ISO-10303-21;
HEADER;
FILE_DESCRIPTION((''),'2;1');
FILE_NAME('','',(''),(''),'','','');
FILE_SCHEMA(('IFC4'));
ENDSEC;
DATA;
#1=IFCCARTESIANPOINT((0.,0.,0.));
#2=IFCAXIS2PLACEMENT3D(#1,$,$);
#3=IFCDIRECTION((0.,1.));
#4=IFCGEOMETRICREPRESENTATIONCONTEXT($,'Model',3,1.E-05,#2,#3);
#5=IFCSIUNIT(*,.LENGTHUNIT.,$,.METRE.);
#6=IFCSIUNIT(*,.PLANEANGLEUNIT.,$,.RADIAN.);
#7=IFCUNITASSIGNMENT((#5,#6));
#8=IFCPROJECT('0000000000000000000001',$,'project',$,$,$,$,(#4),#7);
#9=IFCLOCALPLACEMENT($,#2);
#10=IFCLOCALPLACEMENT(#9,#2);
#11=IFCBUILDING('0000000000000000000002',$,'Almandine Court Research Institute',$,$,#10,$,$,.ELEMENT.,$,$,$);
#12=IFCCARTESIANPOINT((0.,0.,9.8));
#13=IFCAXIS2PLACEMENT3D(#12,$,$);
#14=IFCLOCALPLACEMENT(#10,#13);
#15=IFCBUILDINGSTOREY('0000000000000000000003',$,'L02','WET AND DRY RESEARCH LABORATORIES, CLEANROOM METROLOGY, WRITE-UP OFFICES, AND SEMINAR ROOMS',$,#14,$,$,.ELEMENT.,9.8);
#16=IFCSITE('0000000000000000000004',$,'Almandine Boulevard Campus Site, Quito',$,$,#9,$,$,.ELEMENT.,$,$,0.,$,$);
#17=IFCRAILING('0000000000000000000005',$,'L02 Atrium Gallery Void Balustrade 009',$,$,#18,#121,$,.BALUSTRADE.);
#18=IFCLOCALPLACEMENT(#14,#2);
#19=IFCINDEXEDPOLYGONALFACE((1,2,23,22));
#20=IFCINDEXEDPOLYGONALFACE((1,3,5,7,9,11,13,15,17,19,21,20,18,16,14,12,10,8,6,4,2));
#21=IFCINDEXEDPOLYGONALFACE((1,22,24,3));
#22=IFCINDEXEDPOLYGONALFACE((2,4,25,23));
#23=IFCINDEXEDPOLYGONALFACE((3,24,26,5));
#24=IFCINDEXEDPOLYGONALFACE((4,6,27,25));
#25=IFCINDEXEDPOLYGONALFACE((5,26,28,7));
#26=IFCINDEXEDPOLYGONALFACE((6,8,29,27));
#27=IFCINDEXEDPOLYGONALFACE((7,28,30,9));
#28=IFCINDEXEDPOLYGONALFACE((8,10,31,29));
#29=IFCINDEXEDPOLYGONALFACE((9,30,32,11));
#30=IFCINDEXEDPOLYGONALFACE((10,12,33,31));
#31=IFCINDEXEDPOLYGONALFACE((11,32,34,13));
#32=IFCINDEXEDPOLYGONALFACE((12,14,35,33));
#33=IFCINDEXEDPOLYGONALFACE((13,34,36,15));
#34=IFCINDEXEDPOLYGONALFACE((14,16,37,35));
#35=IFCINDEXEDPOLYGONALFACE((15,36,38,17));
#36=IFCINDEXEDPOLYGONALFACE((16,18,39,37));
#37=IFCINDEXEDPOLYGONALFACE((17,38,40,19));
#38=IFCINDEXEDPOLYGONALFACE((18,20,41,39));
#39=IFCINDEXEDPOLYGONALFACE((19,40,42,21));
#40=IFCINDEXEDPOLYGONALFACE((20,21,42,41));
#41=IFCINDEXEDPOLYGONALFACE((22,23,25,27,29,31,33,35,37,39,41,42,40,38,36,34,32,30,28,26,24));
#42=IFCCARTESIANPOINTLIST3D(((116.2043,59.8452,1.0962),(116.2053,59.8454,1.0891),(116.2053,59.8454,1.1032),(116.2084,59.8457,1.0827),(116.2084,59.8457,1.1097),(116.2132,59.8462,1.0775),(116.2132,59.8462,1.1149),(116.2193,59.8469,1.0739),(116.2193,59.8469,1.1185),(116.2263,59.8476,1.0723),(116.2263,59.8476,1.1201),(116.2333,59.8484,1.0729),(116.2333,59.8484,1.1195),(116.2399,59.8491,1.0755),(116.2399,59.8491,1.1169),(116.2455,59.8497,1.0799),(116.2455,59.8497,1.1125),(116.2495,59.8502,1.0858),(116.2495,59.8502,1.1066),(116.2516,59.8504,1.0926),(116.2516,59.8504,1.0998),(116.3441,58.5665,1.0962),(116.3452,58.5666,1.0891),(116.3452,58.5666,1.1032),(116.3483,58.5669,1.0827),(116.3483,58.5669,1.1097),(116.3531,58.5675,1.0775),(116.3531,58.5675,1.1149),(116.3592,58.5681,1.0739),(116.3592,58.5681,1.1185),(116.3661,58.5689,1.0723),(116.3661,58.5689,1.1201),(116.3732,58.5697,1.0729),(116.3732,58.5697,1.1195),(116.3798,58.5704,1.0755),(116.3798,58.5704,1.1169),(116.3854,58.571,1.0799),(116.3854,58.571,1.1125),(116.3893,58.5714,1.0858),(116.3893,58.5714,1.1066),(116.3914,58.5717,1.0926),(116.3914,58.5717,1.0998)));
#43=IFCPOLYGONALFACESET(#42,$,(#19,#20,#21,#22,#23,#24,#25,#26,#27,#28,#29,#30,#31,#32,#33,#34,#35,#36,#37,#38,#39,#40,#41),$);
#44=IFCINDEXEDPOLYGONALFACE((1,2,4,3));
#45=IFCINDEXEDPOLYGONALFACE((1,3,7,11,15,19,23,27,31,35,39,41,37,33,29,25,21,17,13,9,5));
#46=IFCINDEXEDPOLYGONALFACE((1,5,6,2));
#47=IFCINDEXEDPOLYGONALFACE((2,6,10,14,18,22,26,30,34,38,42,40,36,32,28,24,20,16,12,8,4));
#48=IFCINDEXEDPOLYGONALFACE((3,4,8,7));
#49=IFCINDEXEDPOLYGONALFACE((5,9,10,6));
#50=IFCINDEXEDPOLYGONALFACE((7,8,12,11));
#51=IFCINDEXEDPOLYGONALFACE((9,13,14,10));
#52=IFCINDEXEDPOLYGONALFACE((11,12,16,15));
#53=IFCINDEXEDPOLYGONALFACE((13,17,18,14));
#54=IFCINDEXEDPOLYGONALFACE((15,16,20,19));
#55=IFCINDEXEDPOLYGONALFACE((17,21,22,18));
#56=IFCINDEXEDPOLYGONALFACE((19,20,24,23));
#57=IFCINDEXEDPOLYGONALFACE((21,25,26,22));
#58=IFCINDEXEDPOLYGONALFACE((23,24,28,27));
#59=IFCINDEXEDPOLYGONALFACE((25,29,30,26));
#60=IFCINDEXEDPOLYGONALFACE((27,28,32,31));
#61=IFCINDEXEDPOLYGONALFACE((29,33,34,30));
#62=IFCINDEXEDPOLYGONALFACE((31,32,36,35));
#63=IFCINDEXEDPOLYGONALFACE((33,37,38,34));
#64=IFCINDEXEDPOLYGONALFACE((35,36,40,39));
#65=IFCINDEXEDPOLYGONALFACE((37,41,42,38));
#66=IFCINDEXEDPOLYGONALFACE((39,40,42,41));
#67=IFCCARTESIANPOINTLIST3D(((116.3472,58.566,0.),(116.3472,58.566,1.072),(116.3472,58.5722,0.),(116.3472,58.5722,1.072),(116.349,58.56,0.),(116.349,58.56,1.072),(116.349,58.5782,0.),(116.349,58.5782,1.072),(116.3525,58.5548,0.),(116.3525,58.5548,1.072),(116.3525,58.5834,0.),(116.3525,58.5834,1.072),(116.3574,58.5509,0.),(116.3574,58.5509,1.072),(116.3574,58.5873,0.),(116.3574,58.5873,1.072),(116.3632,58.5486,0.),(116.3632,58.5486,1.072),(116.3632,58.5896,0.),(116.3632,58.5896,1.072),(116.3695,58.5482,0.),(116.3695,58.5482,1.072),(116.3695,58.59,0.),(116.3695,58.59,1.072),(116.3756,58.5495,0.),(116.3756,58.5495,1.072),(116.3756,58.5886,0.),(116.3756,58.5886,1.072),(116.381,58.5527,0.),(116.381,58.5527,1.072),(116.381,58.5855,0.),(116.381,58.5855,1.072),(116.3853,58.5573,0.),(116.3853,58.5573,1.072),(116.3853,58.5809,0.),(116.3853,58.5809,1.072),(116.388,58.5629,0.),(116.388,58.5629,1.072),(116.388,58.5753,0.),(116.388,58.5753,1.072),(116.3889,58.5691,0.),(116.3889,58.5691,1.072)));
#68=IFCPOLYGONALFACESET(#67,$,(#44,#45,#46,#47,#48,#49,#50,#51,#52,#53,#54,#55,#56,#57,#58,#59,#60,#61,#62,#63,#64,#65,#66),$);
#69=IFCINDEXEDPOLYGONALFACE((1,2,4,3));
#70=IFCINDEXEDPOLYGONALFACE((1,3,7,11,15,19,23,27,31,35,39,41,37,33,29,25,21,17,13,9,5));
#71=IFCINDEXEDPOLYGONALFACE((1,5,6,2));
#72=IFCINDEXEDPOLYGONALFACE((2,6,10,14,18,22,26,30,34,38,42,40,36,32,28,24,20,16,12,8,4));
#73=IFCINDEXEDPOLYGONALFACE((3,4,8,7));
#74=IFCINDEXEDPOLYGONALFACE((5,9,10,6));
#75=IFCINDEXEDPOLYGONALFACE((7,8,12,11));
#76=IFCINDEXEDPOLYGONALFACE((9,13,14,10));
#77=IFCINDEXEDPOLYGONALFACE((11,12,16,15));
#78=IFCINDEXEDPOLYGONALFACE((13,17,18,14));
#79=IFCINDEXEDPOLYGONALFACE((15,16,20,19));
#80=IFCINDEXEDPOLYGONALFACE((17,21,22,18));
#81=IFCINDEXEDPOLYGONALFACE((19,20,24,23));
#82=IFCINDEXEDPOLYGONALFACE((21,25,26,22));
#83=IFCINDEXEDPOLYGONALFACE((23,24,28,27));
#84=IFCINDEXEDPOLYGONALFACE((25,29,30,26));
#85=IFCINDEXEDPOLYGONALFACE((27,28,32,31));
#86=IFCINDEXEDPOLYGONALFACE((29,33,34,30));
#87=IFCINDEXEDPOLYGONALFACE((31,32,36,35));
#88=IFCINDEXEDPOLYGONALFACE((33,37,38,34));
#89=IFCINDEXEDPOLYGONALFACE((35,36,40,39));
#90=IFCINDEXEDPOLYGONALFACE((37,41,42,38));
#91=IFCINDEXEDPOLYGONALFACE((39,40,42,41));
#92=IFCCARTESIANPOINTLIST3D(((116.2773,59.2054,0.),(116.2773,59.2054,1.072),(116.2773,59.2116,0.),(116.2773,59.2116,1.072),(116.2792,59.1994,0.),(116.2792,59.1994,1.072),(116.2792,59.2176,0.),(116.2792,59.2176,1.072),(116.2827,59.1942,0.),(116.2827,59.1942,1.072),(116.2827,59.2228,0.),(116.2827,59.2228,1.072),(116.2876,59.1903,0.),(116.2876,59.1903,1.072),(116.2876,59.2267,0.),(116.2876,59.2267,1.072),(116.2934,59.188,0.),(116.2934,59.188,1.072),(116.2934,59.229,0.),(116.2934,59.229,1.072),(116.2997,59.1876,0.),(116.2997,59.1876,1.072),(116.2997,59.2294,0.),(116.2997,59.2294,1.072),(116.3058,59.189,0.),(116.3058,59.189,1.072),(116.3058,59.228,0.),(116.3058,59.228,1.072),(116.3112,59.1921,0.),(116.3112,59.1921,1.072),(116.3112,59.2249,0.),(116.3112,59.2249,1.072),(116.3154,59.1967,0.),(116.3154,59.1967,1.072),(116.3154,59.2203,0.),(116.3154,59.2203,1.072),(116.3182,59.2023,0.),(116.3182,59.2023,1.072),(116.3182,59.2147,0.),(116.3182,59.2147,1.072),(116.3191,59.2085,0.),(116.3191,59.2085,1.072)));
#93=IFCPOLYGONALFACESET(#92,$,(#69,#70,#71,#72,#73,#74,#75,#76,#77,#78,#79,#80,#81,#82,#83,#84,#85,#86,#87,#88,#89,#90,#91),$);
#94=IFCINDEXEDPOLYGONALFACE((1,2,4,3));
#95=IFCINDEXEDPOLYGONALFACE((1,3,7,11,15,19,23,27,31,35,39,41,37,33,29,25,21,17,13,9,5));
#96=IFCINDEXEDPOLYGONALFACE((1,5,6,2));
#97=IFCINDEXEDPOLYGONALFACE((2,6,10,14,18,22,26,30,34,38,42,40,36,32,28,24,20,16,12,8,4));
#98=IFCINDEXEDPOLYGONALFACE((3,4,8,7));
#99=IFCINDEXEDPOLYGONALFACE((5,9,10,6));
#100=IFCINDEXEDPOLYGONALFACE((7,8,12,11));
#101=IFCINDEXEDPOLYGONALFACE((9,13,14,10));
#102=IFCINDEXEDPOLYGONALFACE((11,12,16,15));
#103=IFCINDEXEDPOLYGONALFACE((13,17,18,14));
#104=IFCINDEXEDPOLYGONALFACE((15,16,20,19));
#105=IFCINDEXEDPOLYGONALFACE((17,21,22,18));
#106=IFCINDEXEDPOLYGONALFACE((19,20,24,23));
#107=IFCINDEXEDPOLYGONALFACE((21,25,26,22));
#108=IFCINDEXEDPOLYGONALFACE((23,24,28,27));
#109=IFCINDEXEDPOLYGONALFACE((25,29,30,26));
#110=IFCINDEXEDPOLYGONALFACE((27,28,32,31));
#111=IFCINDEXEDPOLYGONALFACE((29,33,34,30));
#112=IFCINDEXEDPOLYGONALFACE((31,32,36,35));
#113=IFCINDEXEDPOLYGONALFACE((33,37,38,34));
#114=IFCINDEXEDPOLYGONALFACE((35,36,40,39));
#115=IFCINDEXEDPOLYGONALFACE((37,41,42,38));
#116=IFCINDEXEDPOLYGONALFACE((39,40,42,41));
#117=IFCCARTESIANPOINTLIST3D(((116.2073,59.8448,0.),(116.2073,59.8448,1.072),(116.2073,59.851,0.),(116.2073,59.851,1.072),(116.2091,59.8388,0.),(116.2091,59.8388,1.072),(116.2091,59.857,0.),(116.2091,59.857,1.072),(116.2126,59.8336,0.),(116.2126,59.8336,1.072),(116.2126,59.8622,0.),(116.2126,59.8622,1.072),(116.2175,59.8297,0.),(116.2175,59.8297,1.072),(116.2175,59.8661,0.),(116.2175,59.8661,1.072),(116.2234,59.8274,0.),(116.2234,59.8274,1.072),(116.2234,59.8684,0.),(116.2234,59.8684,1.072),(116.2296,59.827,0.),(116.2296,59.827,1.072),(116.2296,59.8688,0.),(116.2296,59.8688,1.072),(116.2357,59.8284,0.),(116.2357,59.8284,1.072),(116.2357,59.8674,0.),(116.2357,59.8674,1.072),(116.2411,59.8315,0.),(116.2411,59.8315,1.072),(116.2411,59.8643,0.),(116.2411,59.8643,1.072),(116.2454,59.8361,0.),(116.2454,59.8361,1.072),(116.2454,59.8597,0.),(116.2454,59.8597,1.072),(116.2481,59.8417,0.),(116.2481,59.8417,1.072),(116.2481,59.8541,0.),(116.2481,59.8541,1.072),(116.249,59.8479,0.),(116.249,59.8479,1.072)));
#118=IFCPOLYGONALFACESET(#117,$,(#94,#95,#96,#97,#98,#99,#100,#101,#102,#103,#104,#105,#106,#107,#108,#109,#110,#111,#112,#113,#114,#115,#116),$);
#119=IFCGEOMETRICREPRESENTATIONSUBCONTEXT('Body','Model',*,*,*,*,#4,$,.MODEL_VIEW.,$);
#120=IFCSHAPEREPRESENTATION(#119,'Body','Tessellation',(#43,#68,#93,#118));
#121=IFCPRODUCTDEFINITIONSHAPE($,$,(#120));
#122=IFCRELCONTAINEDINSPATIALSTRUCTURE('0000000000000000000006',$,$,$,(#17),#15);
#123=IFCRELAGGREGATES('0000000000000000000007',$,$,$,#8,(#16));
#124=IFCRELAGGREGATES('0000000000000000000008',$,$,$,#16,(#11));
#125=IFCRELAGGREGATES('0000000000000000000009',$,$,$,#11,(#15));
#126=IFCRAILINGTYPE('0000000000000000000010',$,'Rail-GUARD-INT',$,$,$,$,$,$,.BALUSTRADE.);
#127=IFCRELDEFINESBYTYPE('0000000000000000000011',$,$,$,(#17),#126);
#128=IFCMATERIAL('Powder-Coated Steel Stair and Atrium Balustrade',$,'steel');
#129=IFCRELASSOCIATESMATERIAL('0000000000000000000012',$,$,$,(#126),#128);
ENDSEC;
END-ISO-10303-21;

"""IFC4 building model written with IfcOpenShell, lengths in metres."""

from ifc_helpers import new_model, si_unit, direction, frame, origin, origin_2d, place, context, subcontext, project, spatial, circle, extrude, material, type_object, element, save


model = new_model("IFC4")

# Units and contexts
model_context = context("Model", 3, precision=1e-05, world=origin(), true_north=direction((0.0, 1.0)))
body_context = subcontext(model_context, "Body", "Model", "MODEL_VIEW")
ifc_project = project(units=[si_unit("LENGTHUNIT", "METRE"), si_unit("PLANEANGLEUNIT", "RADIAN")], contexts=[model_context])

# Site, building, storey
site_placement = place(None, origin())
site = spatial("IfcSite", under=ifc_project, at=site_placement, Name="Almandine Boulevard Campus Site, Quito", CompositionType="ELEMENT", RefElevation=0.0)
building_placement = place(site_placement, origin())
building = spatial("IfcBuilding", under=site, at=building_placement, Name="Almandine Court Research Institute", CompositionType="ELEMENT")
storey_placement = place(building_placement, frame((0.0, 0.0, 9.8)))
storey = spatial("IfcBuildingStorey", under=building, at=storey_placement, Name="L02", Description="WET AND DRY RESEARCH LABORATORIES, CLEANROOM METROLOGY, WRITE-UP OFFICES, AND SEMINAR ROOMS", CompositionType="ELEMENT", Elevation=9.8)

# Railing
ifc_material_1 = material(Name="Powder-Coated Steel Stair and Atrium Balustrade", Category="steel")
railing_type = type_object("IfcRailingType", Name="Rail-GUARD-INT", PredefinedType="BALUSTRADE", material=ifc_material_1)
railing_1_placement = place(storey_placement, frame((116.3679, 58.5691, 0.0)))
element("IfcRailing", 1, at=railing_1_placement, inside=storey, type_object=railing_type, Name="L02 Atrium Gallery Void Balustrade 009", PredefinedType="BALUSTRADE", context=body_context, shape_type="SweptSolid", body=[
    extrude(circle(Radius=0.0239, at=origin_2d()), frame((0.0, 0.0, 1.0962), z_axis=(-0.108744, 0.99407, 0.0), x_axis=(-0.99407, -0.108744, 0.0)), (0.0, 0.0, 1.0), 1.2864),
    extrude(circle(Radius=0.021, at=origin_2d()), origin(), (0.0, 0.0, 1.0), 1.072),
    extrude(circle(Radius=0.021, at=origin_2d()), frame((-0.0698, 0.6394, 0.0)), (0.0, 0.0, 1.0), 1.072),
    extrude(circle(Radius=0.021, at=origin_2d()), frame((-0.1399, 1.2788, 0.0)), (0.0, 0.0, 1.0), 1.072),
])

save(model, "model.ifc")
